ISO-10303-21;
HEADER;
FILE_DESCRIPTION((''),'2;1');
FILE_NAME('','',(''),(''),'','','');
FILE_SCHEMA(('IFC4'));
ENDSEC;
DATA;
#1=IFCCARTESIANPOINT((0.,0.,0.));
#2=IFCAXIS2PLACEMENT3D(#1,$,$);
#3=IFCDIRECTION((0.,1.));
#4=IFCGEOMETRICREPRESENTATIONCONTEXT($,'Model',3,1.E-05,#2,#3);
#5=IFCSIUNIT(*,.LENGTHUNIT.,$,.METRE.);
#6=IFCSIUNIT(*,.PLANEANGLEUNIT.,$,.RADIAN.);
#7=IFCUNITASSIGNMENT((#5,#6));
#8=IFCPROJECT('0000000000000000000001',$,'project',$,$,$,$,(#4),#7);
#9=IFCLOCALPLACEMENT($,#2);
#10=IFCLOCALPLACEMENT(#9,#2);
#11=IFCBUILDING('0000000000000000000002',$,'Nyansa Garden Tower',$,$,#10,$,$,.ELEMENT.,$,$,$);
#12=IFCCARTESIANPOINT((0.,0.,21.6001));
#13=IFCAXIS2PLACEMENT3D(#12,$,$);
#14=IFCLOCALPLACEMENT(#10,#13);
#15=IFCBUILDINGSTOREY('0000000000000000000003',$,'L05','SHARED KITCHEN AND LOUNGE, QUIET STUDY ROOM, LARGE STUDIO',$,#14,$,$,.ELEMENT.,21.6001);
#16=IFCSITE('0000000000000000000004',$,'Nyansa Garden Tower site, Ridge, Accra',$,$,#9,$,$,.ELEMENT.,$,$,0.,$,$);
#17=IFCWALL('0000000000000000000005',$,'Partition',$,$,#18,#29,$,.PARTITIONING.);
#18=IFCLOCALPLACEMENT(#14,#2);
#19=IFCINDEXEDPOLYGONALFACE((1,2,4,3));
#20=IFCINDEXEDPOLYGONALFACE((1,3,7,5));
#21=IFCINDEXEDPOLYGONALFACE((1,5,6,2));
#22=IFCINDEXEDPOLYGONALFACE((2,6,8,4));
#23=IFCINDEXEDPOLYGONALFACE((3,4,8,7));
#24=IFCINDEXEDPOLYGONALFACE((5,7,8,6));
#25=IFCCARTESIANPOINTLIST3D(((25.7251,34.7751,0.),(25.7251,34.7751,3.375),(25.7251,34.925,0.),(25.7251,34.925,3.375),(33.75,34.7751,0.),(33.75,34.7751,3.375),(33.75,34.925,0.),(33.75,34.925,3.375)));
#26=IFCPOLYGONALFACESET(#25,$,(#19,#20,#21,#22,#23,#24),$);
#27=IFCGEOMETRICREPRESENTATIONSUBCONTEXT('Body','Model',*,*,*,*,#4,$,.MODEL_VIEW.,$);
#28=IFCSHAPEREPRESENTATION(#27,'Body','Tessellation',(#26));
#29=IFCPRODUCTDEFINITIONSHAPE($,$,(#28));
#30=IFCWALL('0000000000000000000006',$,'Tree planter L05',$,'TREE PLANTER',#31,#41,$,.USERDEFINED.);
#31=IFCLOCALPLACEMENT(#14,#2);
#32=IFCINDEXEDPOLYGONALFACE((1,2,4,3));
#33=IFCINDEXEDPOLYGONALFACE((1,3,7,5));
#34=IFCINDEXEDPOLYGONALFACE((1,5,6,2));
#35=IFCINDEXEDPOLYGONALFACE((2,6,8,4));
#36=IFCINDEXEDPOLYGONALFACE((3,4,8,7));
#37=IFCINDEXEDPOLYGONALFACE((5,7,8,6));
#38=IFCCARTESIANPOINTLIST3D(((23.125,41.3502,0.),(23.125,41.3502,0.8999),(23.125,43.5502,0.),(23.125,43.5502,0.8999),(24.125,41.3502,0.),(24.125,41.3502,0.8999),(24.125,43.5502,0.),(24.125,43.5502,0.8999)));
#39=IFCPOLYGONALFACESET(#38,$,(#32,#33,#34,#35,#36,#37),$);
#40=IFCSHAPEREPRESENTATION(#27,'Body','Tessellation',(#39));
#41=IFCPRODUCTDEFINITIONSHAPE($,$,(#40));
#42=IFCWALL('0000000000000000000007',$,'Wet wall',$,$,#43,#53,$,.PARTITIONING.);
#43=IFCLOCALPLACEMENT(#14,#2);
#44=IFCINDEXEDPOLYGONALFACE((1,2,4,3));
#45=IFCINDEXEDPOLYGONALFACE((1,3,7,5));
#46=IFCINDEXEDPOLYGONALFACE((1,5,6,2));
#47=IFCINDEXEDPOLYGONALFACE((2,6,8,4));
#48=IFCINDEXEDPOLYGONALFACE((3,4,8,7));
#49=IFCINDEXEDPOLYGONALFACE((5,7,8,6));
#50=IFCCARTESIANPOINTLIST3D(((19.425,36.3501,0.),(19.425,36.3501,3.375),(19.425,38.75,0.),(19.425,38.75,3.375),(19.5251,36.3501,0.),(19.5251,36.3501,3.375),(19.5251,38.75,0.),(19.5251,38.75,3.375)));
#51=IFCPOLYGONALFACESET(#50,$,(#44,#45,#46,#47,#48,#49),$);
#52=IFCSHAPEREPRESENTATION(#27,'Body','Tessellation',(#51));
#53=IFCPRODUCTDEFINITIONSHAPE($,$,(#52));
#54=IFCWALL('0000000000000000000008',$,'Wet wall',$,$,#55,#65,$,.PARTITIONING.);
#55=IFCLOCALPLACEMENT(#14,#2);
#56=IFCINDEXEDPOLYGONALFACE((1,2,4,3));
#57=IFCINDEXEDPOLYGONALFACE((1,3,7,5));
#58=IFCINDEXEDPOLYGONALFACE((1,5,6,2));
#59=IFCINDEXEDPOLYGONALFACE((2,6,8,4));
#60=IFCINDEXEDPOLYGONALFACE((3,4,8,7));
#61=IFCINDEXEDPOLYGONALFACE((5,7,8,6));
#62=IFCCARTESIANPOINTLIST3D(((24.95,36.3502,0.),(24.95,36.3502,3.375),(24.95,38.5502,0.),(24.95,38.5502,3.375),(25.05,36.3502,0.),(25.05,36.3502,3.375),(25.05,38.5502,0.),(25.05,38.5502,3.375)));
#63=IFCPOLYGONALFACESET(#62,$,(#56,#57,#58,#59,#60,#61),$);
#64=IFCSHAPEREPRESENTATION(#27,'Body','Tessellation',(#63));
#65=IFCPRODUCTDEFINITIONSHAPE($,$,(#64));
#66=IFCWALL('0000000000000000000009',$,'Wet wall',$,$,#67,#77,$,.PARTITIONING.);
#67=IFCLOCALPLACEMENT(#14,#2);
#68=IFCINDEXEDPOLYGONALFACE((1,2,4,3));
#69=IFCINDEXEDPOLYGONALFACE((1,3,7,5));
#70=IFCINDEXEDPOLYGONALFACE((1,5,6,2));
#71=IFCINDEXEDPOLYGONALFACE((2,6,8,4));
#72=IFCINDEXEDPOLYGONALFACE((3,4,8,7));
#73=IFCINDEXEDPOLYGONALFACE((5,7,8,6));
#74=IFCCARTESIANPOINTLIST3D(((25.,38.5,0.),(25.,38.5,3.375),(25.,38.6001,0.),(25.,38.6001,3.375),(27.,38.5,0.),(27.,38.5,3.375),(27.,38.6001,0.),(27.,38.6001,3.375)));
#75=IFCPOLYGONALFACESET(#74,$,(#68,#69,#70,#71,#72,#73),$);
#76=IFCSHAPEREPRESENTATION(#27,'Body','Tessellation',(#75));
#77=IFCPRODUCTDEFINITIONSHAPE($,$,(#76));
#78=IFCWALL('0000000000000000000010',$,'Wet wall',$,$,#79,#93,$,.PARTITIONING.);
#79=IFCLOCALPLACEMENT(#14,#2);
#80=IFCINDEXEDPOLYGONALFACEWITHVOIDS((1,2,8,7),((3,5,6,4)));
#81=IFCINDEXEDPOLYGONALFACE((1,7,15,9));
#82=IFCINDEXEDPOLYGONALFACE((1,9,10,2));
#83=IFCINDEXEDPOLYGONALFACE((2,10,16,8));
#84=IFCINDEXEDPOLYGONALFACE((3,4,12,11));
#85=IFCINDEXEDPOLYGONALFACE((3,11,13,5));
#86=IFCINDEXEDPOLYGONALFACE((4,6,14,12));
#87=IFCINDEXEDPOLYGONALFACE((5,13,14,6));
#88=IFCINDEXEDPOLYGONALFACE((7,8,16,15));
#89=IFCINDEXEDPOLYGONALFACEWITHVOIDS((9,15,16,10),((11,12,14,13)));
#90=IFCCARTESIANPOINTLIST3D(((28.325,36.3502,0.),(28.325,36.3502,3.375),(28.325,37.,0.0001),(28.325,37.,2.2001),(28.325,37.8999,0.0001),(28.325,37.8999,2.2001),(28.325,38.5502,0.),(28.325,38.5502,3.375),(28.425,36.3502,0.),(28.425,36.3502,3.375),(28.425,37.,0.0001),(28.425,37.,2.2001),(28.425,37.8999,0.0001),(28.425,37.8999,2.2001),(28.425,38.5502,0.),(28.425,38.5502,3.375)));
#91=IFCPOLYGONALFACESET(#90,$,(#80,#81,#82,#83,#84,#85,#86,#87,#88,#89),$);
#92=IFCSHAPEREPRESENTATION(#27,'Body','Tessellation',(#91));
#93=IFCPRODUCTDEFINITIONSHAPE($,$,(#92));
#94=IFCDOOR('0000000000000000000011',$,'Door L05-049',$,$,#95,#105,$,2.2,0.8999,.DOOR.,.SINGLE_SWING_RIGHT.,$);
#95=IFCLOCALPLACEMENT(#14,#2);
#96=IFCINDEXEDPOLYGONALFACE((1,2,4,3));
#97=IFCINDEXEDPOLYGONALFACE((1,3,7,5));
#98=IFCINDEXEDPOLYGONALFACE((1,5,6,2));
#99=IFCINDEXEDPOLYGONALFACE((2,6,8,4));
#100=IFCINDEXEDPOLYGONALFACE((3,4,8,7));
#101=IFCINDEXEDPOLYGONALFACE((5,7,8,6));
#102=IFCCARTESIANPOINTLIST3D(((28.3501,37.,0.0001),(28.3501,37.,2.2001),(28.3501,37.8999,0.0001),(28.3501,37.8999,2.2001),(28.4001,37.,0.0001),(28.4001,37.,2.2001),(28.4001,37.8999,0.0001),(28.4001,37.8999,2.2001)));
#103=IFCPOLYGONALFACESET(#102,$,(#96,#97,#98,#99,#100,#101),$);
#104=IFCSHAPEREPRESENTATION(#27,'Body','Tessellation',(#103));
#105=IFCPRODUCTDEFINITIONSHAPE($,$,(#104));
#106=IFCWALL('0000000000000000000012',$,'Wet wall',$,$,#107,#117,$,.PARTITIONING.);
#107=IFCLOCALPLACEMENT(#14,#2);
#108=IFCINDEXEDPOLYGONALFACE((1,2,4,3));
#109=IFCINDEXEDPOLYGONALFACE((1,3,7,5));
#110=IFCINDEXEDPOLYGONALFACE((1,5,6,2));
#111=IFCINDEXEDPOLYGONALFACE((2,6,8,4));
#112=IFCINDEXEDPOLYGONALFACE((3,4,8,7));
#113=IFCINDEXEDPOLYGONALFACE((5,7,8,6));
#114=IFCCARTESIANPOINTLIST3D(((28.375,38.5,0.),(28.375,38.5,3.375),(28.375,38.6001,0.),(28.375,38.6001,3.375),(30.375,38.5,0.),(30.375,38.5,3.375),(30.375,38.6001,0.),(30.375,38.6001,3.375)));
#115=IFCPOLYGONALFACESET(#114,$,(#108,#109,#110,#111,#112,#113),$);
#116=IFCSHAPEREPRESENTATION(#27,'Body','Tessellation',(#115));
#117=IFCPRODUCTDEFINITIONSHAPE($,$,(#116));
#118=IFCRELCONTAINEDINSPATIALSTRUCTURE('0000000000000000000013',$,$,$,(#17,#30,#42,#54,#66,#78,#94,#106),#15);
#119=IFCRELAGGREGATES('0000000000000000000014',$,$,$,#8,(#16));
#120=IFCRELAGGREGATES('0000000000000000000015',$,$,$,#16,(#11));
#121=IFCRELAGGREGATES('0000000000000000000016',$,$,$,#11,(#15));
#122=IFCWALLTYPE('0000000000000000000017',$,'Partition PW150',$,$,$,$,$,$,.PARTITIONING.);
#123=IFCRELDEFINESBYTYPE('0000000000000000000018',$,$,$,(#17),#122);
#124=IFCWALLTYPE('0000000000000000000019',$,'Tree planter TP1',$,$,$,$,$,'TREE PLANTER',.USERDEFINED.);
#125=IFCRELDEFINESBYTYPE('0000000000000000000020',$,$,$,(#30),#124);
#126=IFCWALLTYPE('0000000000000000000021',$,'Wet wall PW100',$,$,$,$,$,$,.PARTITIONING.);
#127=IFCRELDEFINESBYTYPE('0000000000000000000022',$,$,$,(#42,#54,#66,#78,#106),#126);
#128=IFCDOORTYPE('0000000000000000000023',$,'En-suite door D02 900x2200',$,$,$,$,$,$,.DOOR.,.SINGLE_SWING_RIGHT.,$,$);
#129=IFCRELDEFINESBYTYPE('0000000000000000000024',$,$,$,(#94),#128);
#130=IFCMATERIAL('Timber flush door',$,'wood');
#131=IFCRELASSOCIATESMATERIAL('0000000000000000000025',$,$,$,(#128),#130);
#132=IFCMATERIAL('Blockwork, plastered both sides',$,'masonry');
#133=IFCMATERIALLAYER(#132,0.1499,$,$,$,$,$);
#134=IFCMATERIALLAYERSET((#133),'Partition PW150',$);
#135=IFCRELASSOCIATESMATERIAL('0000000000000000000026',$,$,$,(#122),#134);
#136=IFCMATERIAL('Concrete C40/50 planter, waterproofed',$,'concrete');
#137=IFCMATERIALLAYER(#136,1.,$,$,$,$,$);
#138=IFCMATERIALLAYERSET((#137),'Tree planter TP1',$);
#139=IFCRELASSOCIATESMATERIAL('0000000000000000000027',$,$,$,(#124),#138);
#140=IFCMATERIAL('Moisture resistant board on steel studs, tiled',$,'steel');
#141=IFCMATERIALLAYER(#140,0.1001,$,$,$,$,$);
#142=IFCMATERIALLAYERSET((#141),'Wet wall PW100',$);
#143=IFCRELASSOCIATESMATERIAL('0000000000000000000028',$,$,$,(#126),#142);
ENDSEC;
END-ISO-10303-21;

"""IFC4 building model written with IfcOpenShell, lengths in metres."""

from ifc_helpers import new_model, si_unit, direction, frame, frame_2d, origin, place, context, subcontext, project, spatial, rectangle, extrude, material, layer, layer_set, type_object, element, fill, save


model = new_model("IFC4")

# Units and contexts
model_context = context("Model", 3, precision=1e-05, world=origin(), true_north=direction((0.0, 1.0)))
body_context = subcontext(model_context, "Body", "Model", "MODEL_VIEW")
ifc_project = project(units=[si_unit("LENGTHUNIT", "METRE"), si_unit("PLANEANGLEUNIT", "RADIAN")], contexts=[model_context])

# Site, building, storey
site_placement = place(None, origin())
site = spatial("IfcSite", under=ifc_project, at=site_placement, Name="Nyansa Garden Tower site, Ridge, Accra", CompositionType="ELEMENT", RefElevation=0.0)
building_placement = place(site_placement, origin())
building = spatial("IfcBuilding", under=site, at=building_placement, Name="Nyansa Garden Tower", CompositionType="ELEMENT")
storey_placement = place(building_placement, frame((0.0, 0.0, 21.6001)))
storey = spatial("IfcBuildingStorey", under=building, at=storey_placement, Name="L05", Description="SHARED KITCHEN AND LOUNGE, QUIET STUDY ROOM, LARGE STUDIO", CompositionType="ELEMENT", Elevation=21.6001)

# Shared definitions
ifc_material_1 = material(Name="Timber flush door", Category="wood")
door_type_1 = type_object("IfcDoorType", Name="En-suite door D02 900x2200", OperationType="SINGLE_SWING_RIGHT", PredefinedType="DOOR", material=ifc_material_1)

# Walls
ifc_material_2 = material(Name="Blockwork, plastered both sides", Category="masonry")
ifc_layer_1 = layer(ifc_material_2, 0.1499)
ifc_layer_set_1 = layer_set([ifc_layer_1], Name="Partition PW150")
wall_type_1 = type_object("IfcWallType", Name="Partition PW150", PredefinedType="PARTITIONING", material=ifc_layer_set_1)
wall_1_placement = place(storey_placement, frame((25.7251, 34.8501, 0.0), z_axis=(0.0, 0.0, 1.0), x_axis=(1.0, 0.0, 0.0)))
element("IfcWall", 1, at=wall_1_placement, inside=storey, type_object=wall_type_1, Name="Partition", PredefinedType="PARTITIONING", context=body_context, shape_type="SweptSolid", body=[
    extrude(rectangle(XDim=8.0249, YDim=0.1499, at=frame_2d((4.0125, 0.0))), origin(), (0.0, 0.0, 1.0), 3.375),
])
ifc_material_3 = material(Name="Concrete C40/50 planter, waterproofed", Category="concrete")
ifc_layer_2 = layer(ifc_material_3, 1.0)
ifc_layer_set_2 = layer_set([ifc_layer_2], Name="Tree planter TP1")
wall_type_2 = type_object("IfcWallType", Name="Tree planter TP1", ElementType="TREE PLANTER", PredefinedType="USERDEFINED", material=ifc_layer_set_2)
wall_2_placement = place(storey_placement, frame((23.625, 41.3501, 0.0), z_axis=(0.0, 0.0, 1.0), x_axis=(0.0, 1.0, 0.0)))
element("IfcWall", 2, at=wall_2_placement, inside=storey, type_object=wall_type_2, Name="Tree planter L05", ObjectType="TREE PLANTER", PredefinedType="USERDEFINED", context=body_context, shape_type="SweptSolid", body=[
    extrude(rectangle(XDim=2.2, YDim=1.0, at=frame_2d((1.1001, 0.0))), origin(), (0.0, 0.0, 1.0), 0.8999),
])
ifc_material_4 = material(Name="Moisture resistant board on steel studs, tiled", Category="steel")
ifc_layer_3 = layer(ifc_material_4, 0.1001)
ifc_layer_set_3 = layer_set([ifc_layer_3], Name="Wet wall PW100")
wall_type_3 = type_object("IfcWallType", Name="Wet wall PW100", PredefinedType="PARTITIONING", material=ifc_layer_set_3)
wall_3_placement = place(storey_placement, frame((19.4751, 36.3501, 0.0), z_axis=(0.0, 0.0, 1.0), x_axis=(0.0, 1.0, 0.0)))
element("IfcWall", 3, at=wall_3_placement, inside=storey, type_object=wall_type_3, Name="Wet wall", PredefinedType="PARTITIONING", context=body_context, shape_type="SweptSolid", body=[
    extrude(rectangle(XDim=2.3999, YDim=0.1001, at=frame_2d((1.2, 0.0))), origin(), (0.0, 0.0, 1.0), 3.375),
])
wall_4_placement = place(storey_placement, frame((25.0, 36.3501, 0.0), z_axis=(0.0, 0.0, 1.0), x_axis=(0.0, 1.0, 0.0)))
element("IfcWall", 4, at=wall_4_placement, inside=storey, type_object=wall_type_3, Name="Wet wall", PredefinedType="PARTITIONING", context=body_context, shape_type="SweptSolid", body=[
    extrude(rectangle(XDim=2.2, YDim=0.1001, at=frame_2d((1.1001, 0.0))), origin(), (0.0, 0.0, 1.0), 3.375),
])
wall_5_placement = place(storey_placement, frame((25.0, 38.55, 0.0), z_axis=(0.0, 0.0, 1.0), x_axis=(1.0, 0.0, 0.0)))
element("IfcWall", 5, at=wall_5_placement, inside=storey, type_object=wall_type_3, Name="Wet wall", PredefinedType="PARTITIONING", context=body_context, shape_type="SweptSolid", body=[
    extrude(rectangle(XDim=2.0, YDim=0.1001, at=frame_2d((1.0, 0.0))), origin(), (0.0, 0.0, 1.0), 3.375),
])

# Wall, opening, door
wall_6_placement = place(storey_placement, frame((28.375, 36.3501, 0.0), z_axis=(0.0, 0.0, 1.0), x_axis=(0.0, 1.0, 0.0)))
wall_6 = element("IfcWall", 6, at=wall_6_placement, inside=storey, type_object=wall_type_3, Name="Wet wall", PredefinedType="PARTITIONING", context=body_context, shape_type="SweptSolid", body=[
    extrude(rectangle(XDim=2.2, YDim=0.1001, at=frame_2d((1.1001, 0.0))), origin(), (0.0, 0.0, 1.0), 3.375),
])
opening_1_placement = place(wall_6_placement, frame((0.6499, 0.0, 0.0)))
opening_1 = element("IfcOpeningElement", 7, at=opening_1_placement, cuts=wall_6, PredefinedType="OPENING", context=body_context, shape_type="SweptSolid", body=[
    extrude(rectangle(XDim=0.8999, YDim=2.2, at=frame_2d((0.45, 1.1001))), frame((0.0, 0.0601, 0.0), z_axis=(0.0, -1.0, 0.0), x_axis=(1.0, 0.0, 0.0)), (0.0, 0.0, 1.0), 0.1201),
])
door_1_placement = place(opening_1_placement, origin())
door_1 = element("IfcDoor", 8, at=door_1_placement, inside=storey, type_object=door_type_1, Name="Door L05-049", OperationType="SINGLE_SWING_RIGHT", OverallHeight=2.2, OverallWidth=0.8999, PredefinedType="DOOR", context=body_context, shape_type="SweptSolid", body=[
    extrude(rectangle(XDim=0.8999, YDim=2.2, at=frame_2d((0.45, 1.1001))), frame((0.0, 0.0249, 0.0), z_axis=(0.0, -1.0, 0.0), x_axis=(1.0, 0.0, 0.0)), (0.0, 0.0, 1.0), 0.05),
])
fill(opening_1, door_1)

# Wall
wall_7_placement = place(storey_placement, frame((28.375, 38.55, 0.0), z_axis=(0.0, 0.0, 1.0), x_axis=(1.0, 0.0, 0.0)))
element("IfcWall", 9, at=wall_7_placement, inside=storey, type_object=wall_type_3, Name="Wet wall", PredefinedType="PARTITIONING", context=body_context, shape_type="SweptSolid", body=[
    extrude(rectangle(XDim=2.0, YDim=0.1001, at=frame_2d((1.0, 0.0))), origin(), (0.0, 0.0, 1.0), 3.375),
])

save(model, "model.ifc")
